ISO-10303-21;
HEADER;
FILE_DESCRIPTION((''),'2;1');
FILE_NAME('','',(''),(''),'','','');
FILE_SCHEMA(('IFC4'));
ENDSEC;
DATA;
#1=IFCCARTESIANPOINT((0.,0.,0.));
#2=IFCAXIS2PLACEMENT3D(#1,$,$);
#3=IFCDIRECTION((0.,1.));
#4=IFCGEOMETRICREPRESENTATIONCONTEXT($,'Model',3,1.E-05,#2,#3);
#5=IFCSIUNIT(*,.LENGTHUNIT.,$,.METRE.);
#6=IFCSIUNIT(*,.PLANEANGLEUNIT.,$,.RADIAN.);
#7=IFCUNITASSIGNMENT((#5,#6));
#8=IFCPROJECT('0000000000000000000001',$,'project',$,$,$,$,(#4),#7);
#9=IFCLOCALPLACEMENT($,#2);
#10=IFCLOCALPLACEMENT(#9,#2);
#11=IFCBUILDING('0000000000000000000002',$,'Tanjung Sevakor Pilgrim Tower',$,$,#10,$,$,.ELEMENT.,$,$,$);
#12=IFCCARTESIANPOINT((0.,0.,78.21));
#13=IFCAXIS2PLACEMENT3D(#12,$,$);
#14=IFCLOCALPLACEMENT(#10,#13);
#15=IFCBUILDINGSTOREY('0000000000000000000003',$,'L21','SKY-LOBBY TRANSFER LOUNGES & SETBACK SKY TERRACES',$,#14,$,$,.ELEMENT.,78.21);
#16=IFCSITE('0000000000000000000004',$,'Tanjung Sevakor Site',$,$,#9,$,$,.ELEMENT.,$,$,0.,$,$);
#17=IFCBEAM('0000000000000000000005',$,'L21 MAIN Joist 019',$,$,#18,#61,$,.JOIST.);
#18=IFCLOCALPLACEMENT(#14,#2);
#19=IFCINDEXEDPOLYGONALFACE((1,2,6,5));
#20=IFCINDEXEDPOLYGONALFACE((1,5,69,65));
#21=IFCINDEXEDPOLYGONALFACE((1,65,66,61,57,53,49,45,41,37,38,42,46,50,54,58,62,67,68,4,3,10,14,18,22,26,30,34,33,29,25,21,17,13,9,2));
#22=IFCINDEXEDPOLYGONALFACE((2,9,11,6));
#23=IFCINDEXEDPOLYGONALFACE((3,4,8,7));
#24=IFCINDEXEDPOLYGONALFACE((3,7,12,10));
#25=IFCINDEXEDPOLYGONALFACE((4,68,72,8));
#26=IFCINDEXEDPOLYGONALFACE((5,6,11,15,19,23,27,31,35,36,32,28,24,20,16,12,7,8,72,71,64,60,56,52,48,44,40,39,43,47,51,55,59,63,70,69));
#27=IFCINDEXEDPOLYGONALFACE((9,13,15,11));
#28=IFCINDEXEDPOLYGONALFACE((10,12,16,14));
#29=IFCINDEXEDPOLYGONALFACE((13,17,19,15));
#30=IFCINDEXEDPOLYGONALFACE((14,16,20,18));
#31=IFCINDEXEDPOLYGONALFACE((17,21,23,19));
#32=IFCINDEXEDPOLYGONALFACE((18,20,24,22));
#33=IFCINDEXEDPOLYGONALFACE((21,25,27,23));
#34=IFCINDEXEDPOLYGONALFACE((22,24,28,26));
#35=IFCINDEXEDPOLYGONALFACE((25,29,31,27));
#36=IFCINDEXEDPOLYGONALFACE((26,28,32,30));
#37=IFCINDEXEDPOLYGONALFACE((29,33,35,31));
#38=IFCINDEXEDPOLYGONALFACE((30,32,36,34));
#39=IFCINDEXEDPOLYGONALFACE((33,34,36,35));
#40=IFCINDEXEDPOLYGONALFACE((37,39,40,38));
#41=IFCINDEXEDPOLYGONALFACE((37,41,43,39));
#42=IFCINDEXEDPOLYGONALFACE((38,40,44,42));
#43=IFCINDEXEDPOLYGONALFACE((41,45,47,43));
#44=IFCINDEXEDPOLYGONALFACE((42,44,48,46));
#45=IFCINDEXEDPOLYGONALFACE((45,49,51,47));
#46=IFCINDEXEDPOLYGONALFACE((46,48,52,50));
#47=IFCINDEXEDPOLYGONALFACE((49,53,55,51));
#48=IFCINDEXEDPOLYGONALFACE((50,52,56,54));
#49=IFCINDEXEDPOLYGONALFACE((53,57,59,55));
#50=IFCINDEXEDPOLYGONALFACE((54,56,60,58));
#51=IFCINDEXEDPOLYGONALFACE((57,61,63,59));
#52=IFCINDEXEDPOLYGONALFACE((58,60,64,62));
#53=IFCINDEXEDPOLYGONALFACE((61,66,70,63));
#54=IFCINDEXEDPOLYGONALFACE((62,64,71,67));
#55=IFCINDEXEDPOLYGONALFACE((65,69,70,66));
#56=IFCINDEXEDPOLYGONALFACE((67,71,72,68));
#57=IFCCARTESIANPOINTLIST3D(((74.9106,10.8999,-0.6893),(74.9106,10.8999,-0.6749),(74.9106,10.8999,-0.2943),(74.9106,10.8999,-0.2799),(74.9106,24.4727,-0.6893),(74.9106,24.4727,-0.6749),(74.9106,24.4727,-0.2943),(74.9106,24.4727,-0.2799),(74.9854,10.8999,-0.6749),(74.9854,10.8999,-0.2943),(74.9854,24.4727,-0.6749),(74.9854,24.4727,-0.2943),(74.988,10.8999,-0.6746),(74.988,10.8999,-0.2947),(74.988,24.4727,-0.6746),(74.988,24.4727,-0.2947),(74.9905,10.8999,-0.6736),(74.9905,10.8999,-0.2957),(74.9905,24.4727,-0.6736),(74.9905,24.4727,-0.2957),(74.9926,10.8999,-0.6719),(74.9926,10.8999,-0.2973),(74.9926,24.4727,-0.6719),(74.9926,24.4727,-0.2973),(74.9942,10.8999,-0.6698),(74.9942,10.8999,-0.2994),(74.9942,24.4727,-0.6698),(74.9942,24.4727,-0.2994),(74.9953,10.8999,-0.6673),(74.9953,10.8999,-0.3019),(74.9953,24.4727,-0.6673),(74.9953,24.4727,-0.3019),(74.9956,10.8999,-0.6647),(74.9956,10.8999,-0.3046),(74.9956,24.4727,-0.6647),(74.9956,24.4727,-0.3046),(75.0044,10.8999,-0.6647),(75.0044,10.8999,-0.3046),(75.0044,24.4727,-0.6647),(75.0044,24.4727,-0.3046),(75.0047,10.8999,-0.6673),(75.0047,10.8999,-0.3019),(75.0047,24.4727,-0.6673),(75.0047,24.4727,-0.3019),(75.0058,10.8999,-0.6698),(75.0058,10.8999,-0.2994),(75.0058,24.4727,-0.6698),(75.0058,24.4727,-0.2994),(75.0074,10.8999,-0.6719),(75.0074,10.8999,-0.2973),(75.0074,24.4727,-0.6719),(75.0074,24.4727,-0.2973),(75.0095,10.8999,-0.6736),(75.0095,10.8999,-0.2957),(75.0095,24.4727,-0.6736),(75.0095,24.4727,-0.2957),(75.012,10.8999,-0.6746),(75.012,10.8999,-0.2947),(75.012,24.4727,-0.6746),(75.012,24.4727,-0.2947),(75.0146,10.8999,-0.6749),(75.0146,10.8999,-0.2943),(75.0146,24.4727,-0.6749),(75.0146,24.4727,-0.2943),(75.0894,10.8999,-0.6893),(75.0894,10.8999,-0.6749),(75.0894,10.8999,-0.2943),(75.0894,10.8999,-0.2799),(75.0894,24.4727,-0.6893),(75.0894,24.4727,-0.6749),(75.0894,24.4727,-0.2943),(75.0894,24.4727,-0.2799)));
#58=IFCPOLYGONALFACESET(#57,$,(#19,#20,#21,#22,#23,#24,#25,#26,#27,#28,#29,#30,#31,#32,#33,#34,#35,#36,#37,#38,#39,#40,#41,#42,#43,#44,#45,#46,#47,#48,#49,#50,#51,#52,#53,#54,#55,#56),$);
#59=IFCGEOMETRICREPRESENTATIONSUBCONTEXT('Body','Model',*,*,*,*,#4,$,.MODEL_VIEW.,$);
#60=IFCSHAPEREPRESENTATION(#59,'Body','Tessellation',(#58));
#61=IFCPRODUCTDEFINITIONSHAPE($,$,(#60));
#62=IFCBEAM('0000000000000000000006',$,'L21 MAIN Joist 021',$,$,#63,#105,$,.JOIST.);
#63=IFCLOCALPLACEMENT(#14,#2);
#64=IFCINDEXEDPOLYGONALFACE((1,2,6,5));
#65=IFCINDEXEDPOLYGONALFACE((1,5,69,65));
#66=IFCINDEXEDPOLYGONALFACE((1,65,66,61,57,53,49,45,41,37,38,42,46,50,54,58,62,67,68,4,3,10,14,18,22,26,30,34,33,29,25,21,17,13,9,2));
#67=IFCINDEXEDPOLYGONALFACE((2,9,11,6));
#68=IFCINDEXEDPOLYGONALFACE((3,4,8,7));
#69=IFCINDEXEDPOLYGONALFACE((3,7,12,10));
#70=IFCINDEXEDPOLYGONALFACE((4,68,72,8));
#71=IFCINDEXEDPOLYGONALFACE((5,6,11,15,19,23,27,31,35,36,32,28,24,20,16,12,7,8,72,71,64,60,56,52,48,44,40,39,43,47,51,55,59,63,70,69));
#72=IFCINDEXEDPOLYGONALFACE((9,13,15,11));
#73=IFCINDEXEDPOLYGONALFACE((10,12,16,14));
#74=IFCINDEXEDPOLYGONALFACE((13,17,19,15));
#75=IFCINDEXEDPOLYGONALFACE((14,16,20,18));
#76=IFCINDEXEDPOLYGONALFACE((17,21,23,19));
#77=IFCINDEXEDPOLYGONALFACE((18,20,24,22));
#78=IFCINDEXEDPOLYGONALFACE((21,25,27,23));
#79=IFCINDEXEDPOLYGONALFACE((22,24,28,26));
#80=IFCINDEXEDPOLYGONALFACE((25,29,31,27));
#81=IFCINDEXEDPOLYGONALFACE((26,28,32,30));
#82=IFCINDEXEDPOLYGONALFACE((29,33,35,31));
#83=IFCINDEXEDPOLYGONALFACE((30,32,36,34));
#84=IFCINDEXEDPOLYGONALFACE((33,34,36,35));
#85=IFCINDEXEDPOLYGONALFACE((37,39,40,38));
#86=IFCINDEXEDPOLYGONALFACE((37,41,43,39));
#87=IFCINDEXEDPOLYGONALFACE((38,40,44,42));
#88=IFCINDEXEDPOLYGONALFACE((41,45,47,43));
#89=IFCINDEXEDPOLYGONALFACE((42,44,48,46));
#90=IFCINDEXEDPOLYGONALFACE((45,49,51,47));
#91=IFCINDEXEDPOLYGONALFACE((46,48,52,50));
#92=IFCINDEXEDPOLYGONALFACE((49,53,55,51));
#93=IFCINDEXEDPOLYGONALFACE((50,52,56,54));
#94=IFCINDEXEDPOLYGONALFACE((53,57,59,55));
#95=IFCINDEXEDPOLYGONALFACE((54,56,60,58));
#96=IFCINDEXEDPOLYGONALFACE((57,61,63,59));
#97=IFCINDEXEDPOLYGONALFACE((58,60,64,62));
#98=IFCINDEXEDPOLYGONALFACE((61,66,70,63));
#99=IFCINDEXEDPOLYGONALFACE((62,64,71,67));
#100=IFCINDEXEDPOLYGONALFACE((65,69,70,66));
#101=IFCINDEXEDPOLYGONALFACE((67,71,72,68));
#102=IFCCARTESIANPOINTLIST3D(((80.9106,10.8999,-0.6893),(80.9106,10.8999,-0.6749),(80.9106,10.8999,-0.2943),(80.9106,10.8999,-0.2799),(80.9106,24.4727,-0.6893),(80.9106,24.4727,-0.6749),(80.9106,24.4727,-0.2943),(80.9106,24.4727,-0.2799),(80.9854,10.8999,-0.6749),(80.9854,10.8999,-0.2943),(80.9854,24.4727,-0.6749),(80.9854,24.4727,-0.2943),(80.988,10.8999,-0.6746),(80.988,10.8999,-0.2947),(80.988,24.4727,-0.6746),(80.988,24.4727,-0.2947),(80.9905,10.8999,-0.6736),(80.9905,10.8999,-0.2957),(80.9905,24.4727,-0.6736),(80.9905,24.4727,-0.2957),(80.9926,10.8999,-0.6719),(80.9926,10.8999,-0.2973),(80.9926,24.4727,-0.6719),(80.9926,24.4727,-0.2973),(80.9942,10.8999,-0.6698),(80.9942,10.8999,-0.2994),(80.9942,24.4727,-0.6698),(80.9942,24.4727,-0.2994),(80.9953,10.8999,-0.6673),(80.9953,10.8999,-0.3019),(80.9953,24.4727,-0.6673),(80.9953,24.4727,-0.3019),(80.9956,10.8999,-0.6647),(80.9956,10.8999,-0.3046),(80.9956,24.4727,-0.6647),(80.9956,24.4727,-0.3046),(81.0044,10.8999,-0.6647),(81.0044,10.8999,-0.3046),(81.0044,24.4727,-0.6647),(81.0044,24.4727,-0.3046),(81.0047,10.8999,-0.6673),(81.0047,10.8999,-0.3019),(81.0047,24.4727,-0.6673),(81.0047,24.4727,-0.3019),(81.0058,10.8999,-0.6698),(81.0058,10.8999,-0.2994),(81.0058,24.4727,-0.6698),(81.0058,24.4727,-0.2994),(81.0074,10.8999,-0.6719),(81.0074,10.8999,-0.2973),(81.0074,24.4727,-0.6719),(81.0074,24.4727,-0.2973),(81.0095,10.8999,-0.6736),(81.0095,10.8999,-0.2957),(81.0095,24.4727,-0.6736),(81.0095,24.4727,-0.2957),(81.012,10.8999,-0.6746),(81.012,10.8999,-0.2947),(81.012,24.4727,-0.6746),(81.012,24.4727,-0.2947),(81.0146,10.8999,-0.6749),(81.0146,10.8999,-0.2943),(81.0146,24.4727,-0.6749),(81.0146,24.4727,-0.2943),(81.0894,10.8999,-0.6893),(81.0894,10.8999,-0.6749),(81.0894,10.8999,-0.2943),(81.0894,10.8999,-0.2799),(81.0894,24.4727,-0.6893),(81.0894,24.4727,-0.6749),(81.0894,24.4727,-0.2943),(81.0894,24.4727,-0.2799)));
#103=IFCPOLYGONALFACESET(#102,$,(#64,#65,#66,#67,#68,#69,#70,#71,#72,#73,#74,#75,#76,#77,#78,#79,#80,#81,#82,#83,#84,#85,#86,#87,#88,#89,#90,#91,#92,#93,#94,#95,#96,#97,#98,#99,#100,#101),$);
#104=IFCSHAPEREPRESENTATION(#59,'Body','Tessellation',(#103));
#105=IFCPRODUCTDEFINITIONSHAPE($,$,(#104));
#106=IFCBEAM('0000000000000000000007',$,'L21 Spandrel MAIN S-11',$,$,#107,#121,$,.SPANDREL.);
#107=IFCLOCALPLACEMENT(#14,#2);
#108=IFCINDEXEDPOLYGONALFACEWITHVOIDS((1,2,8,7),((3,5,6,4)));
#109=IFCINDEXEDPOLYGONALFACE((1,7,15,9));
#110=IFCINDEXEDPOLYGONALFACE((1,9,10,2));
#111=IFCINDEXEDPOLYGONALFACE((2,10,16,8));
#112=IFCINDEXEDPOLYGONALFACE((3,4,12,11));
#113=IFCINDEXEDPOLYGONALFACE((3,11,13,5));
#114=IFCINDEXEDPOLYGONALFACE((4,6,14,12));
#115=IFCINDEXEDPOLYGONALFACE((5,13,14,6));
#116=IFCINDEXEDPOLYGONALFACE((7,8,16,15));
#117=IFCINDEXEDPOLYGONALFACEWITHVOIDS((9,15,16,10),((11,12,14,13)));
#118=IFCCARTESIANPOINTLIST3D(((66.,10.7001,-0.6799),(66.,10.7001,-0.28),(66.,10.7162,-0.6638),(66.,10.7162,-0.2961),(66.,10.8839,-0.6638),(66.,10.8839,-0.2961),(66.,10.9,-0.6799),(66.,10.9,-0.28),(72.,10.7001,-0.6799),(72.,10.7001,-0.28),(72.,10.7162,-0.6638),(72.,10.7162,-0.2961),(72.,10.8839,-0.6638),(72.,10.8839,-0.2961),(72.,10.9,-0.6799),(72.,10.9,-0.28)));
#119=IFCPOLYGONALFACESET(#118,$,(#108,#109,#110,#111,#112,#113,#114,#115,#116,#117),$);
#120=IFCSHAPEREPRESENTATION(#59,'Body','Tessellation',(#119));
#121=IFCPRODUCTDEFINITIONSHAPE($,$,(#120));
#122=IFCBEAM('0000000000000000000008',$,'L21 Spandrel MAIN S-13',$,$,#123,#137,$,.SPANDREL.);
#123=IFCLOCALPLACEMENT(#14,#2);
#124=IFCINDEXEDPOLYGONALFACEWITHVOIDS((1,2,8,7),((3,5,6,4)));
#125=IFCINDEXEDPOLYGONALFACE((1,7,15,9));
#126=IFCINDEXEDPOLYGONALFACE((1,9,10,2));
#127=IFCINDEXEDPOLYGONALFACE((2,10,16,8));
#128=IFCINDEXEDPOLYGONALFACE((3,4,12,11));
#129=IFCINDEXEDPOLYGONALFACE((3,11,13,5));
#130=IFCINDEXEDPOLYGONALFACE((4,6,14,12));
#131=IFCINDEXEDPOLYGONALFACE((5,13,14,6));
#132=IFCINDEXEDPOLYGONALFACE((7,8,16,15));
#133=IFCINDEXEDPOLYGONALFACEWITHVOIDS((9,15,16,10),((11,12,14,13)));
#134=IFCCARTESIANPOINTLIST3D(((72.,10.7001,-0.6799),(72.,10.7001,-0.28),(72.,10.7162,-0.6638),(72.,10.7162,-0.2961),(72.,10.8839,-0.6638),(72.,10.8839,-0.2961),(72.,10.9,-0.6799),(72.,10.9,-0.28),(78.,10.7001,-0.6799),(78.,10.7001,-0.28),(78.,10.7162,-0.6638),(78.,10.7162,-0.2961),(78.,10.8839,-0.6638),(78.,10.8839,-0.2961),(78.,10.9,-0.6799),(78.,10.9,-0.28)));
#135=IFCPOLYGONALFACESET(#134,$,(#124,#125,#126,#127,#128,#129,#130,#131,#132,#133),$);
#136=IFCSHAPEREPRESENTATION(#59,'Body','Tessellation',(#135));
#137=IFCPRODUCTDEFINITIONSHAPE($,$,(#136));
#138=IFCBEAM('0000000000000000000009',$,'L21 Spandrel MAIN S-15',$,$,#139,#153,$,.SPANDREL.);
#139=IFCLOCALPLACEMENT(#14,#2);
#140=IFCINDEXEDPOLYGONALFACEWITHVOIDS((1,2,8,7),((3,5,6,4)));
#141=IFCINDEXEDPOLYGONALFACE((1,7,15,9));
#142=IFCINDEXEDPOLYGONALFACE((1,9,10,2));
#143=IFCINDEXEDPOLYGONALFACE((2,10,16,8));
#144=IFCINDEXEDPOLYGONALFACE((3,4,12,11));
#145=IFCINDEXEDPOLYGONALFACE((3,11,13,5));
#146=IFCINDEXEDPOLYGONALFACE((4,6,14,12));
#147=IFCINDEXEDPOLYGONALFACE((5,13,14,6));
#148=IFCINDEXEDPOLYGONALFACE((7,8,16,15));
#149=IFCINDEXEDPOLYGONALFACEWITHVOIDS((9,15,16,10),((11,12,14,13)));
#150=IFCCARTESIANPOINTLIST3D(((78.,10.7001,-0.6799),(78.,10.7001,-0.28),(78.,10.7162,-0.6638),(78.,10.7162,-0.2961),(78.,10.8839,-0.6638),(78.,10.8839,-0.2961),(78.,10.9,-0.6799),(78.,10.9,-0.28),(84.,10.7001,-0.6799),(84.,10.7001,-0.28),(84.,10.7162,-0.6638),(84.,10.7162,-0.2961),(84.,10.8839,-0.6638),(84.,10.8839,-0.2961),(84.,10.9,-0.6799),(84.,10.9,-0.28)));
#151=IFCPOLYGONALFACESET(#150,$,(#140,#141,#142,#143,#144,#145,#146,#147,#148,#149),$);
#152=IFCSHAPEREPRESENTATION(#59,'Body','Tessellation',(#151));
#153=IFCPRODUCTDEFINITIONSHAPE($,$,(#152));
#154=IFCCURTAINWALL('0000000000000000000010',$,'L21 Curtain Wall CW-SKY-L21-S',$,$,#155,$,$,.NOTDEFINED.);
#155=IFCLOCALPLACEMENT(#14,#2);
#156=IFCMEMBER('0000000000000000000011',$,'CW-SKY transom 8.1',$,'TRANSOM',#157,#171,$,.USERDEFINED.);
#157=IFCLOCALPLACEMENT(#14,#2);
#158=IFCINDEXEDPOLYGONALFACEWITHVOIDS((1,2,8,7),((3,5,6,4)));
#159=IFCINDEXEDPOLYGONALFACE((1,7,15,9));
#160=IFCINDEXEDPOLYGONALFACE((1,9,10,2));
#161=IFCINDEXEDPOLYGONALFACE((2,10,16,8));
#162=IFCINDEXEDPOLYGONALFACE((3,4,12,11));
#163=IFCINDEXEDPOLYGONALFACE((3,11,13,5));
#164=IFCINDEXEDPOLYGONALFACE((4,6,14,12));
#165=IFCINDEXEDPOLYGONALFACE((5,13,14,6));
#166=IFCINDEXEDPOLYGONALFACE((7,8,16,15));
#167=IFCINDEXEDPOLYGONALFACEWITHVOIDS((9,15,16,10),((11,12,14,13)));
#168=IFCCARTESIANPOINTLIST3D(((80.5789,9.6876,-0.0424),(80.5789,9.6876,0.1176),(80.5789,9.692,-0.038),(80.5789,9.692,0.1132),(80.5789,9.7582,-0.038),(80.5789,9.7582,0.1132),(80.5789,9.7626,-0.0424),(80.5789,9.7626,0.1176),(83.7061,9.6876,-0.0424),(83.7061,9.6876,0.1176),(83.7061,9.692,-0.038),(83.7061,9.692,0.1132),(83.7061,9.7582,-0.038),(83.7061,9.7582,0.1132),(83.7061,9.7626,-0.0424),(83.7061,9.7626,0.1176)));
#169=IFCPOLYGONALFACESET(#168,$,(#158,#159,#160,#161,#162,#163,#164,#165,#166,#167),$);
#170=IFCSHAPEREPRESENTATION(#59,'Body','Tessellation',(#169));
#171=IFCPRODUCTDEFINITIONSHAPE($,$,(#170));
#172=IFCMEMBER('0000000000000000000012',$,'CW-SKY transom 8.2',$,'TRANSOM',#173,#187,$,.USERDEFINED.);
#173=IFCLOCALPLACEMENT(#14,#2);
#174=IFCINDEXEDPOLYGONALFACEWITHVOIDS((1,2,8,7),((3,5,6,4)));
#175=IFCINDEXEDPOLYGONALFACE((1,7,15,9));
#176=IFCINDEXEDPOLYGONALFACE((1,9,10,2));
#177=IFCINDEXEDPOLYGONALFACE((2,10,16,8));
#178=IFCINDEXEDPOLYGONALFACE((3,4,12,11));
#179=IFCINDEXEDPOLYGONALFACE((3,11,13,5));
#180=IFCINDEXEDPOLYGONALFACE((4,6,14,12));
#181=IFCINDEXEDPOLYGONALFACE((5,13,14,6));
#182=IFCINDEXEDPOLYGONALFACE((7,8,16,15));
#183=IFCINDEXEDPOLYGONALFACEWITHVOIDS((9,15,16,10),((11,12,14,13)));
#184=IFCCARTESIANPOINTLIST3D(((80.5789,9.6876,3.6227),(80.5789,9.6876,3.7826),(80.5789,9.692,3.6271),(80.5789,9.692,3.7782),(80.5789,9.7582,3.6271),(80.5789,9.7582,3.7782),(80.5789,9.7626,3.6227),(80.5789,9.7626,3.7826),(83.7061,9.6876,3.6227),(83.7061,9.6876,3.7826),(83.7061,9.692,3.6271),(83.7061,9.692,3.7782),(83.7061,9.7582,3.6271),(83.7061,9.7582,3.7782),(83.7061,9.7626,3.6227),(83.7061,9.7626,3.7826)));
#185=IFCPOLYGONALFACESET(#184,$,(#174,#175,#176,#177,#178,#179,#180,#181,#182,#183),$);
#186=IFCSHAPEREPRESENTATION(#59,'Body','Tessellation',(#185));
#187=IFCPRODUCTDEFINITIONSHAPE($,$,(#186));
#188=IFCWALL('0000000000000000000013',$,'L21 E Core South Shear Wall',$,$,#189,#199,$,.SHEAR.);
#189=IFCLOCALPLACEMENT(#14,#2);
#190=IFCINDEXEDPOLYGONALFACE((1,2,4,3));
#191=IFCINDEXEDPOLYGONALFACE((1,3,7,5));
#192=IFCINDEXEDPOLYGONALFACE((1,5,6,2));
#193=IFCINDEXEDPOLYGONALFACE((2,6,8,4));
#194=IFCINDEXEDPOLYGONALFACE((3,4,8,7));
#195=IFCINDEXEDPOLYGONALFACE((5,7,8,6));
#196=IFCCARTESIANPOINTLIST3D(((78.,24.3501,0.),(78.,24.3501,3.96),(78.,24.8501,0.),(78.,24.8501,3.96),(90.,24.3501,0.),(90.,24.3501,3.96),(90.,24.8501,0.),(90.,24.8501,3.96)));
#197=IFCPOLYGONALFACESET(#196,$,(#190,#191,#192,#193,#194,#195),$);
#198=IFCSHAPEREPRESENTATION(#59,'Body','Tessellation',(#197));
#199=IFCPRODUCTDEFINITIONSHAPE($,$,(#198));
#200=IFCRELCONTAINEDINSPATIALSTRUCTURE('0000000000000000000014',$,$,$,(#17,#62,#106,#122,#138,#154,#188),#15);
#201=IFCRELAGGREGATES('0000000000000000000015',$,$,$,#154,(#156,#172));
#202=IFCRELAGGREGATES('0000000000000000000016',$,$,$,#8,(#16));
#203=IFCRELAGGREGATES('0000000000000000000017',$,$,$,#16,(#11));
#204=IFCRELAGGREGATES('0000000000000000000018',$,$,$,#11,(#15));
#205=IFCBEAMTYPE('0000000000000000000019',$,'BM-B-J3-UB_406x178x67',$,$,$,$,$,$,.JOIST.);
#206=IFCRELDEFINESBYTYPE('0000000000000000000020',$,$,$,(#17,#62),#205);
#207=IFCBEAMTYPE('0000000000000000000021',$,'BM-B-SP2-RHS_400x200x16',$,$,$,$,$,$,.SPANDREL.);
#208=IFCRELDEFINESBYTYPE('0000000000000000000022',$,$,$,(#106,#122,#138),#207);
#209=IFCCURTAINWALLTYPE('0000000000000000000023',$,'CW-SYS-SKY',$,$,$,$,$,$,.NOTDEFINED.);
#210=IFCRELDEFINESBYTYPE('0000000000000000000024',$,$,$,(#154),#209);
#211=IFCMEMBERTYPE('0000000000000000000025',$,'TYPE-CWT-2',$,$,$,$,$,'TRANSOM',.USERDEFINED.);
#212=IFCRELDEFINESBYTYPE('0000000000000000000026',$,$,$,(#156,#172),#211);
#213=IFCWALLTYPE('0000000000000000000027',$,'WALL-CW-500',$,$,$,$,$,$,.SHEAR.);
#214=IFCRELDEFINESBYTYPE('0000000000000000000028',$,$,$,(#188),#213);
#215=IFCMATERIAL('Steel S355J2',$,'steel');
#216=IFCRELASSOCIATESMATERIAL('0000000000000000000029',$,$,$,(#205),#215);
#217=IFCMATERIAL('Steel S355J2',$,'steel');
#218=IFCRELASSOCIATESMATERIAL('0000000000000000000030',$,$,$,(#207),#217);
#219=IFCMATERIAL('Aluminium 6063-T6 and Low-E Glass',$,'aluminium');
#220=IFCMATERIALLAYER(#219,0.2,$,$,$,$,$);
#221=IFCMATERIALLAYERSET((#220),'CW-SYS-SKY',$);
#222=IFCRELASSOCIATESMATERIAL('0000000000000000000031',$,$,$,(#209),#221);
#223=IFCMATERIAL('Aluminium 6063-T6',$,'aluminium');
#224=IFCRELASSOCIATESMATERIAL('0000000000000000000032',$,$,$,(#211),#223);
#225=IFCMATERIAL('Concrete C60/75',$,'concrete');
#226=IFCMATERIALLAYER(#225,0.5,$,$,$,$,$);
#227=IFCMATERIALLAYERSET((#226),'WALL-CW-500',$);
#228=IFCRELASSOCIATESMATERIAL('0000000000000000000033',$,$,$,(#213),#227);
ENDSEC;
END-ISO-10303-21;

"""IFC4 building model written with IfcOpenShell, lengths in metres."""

from ifc_helpers import new_model, si_unit, direction, frame, frame_2d, origin, origin_2d, place, context, subcontext, project, spatial, rectangle, hollow_rectangle, i_section, extrude, material, layer, layer_set, material_profile, profile_set, type_object, element, aggregate, save


model = new_model("IFC4")

# Units and contexts
model_context = context("Model", 3, precision=1e-05, world=origin(), true_north=direction((0.0, 1.0)))
body_context = subcontext(model_context, "Body", "Model", "MODEL_VIEW")
ifc_project = project(units=[si_unit("LENGTHUNIT", "METRE"), si_unit("PLANEANGLEUNIT", "RADIAN")], contexts=[model_context])

# Site, building, storey
site_placement = place(None, origin())
site = spatial("IfcSite", under=ifc_project, at=site_placement, Name="Tanjung Sevakor Site", CompositionType="ELEMENT", RefElevation=0.0)
building_placement = place(site_placement, origin())
building = spatial("IfcBuilding", under=site, at=building_placement, Name="Tanjung Sevakor Pilgrim Tower", CompositionType="ELEMENT")
storey_placement = place(building_placement, frame((0.0, 0.0, 78.21)))
storey = spatial("IfcBuildingStorey", under=building, at=storey_placement, Name="L21", Description="SKY-LOBBY TRANSFER LOUNGES & SETBACK SKY TERRACES", CompositionType="ELEMENT", Elevation=78.21)

# Beams
ifc_material_1 = material(Name="Steel S355J2", Category="steel")
ifc_material_profile_1 = material_profile(ifc_material_1, i_section(OverallWidth=0.1787, OverallDepth=0.4094, WebThickness=0.0088, FlangeThickness=0.0144, FilletRadius=0.0103, at=origin_2d()))
ifc_profile_set_1 = profile_set([ifc_material_profile_1], Name="Steel S355J2")
beam_type_1 = type_object("IfcBeamType", Name="BM-B-J3-UB_406x178x67", PredefinedType="JOIST", material=ifc_profile_set_1)
for number, where, z_axis, x_axis, name in (
    (1, (75.0, 10.8999, -0.4846), (0.0, 1.0, 0.0), (-1.0, 0.0, 0.0), "L21 MAIN Joist 019"),
    (2, (81.0, 10.8999, -0.4846), (0.0, 1.0, 0.0), (-1.0, 0.0, 0.0), "L21 MAIN Joist 021"),
):
    element("IfcBeam", number, at=place(storey_placement, frame(where, z_axis=z_axis, x_axis=x_axis)), inside=storey, type_object=beam_type_1, Name=name, PredefinedType="JOIST", context=body_context, shape_type="SweptSolid", body=[
        extrude(i_section(OverallWidth=0.1787, OverallDepth=0.4094, WebThickness=0.0088, FlangeThickness=0.0144, FilletRadius=0.0103, at=origin_2d()), origin(), (0.0, 0.0, 1.0), 13.5728),
    ])
ifc_material_2 = material(Name="Steel S355J2", Category="steel")
ifc_material_profile_2 = material_profile(ifc_material_2, hollow_rectangle(XDim=0.2, YDim=0.3999, WallThickness=0.0161, at=origin_2d()))
ifc_profile_set_2 = profile_set([ifc_material_profile_2], Name="Steel S355J2")
beam_type_2 = type_object("IfcBeamType", Name="BM-B-SP2-RHS_400x200x16", PredefinedType="SPANDREL", material=ifc_profile_set_2)
for number, where, z_axis, x_axis, name in (
    (3, (66.0, 10.8, -0.48), (1.0, 0.0, 0.0), (0.0, 1.0, 0.0), "L21 Spandrel MAIN S-11"),
    (4, (72.0, 10.8, -0.48), (1.0, 0.0, 0.0), (0.0, 1.0, 0.0), "L21 Spandrel MAIN S-13"),
    (5, (78.0, 10.8, -0.48), (1.0, 0.0, 0.0), (0.0, 1.0, 0.0), "L21 Spandrel MAIN S-15"),
):
    element("IfcBeam", number, at=place(storey_placement, frame(where, z_axis=z_axis, x_axis=x_axis)), inside=storey, type_object=beam_type_2, Name=name, PredefinedType="SPANDREL", context=body_context, shape_type="SweptSolid", body=[
        extrude(hollow_rectangle(XDim=0.2, YDim=0.3999, WallThickness=0.0161, at=origin_2d()), origin(), (0.0, 0.0, 1.0), 6.0),
    ])

# Curtain wall, members
ifc_material_3 = material(Name="Aluminium 6063-T6 and Low-E Glass", Category="aluminium")
ifc_layer_1 = layer(ifc_material_3, 0.2)
ifc_layer_set_1 = layer_set([ifc_layer_1], Name="CW-SYS-SKY")
curtain_wall_type = type_object("IfcCurtainWallType", Name="CW-SYS-SKY", PredefinedType="NOTDEFINED", material=ifc_layer_set_1)
curtain_wall_placement = place(storey_placement, origin())
curtain_wall = element("IfcCurtainWall", 6, at=curtain_wall_placement, inside=storey, type_object=curtain_wall_type, Name="L21 Curtain Wall CW-SKY-L21-S", PredefinedType="NOTDEFINED")
ifc_material_4 = material(Name="Aluminium 6063-T6", Category="aluminium")
ifc_material_profile_3 = material_profile(ifc_material_4, hollow_rectangle(XDim=0.075, YDim=0.1599, WallThickness=0.0044, at=origin_2d()))
ifc_profile_set_3 = profile_set([ifc_material_profile_3], Name="Aluminium 6063-T6")
member_type = type_object("IfcMemberType", Name="TYPE-CWT-2", ElementType="TRANSOM", PredefinedType="USERDEFINED", material=ifc_profile_set_3)
member_1_placement = place(storey_placement, frame((80.5789, 9.7251, 0.0376), z_axis=(1.0, 0.0, 0.0), x_axis=(0.0, 1.0, 0.0)))
member_1 = element("IfcMember", 7, at=member_1_placement, type_object=member_type, Name="CW-SKY transom 8.1", ObjectType="TRANSOM", PredefinedType="USERDEFINED", context=body_context, shape_type="SweptSolid", body=[
    extrude(hollow_rectangle(XDim=0.075, YDim=0.1599, WallThickness=0.0044, at=origin_2d()), origin(), (0.0, 0.0, 1.0), 3.1272),
])
member_2_placement = place(storey_placement, frame((80.5789, 9.7251, 3.7026), z_axis=(1.0, 0.0, 0.0), x_axis=(0.0, 1.0, 0.0)))
member_2 = element("IfcMember", 8, at=member_2_placement, type_object=member_type, Name="CW-SKY transom 8.2", ObjectType="TRANSOM", PredefinedType="USERDEFINED", context=body_context, shape_type="SweptSolid", body=[
    extrude(hollow_rectangle(XDim=0.075, YDim=0.1599, WallThickness=0.0044, at=origin_2d()), origin(), (0.0, 0.0, 1.0), 3.1272),
])
aggregate(curtain_wall, [member_1, member_2])

# Wall
ifc_material_5 = material(Name="Concrete C60/75", Category="concrete")
ifc_layer_2 = layer(ifc_material_5, 0.5)
ifc_layer_set_2 = layer_set([ifc_layer_2], Name="WALL-CW-500")
wall_type_1 = type_object("IfcWallType", Name="WALL-CW-500", PredefinedType="SHEAR", material=ifc_layer_set_2)
wall_1_placement = place(storey_placement, frame((78.0, 24.6001, 0.0), z_axis=(0.0, 0.0, 1.0), x_axis=(1.0, 0.0, 0.0)))
element("IfcWall", 9, at=wall_1_placement, inside=storey, type_object=wall_type_1, Name="L21 E Core South Shear Wall", PredefinedType="SHEAR", context=body_context, shape_type="SweptSolid", body=[
    extrude(rectangle(XDim=12.0, YDim=0.5, at=frame_2d((6.0, 0.0))), origin(), (0.0, 0.0, 1.0), 3.96),
])

save(model, "model.ifc")
